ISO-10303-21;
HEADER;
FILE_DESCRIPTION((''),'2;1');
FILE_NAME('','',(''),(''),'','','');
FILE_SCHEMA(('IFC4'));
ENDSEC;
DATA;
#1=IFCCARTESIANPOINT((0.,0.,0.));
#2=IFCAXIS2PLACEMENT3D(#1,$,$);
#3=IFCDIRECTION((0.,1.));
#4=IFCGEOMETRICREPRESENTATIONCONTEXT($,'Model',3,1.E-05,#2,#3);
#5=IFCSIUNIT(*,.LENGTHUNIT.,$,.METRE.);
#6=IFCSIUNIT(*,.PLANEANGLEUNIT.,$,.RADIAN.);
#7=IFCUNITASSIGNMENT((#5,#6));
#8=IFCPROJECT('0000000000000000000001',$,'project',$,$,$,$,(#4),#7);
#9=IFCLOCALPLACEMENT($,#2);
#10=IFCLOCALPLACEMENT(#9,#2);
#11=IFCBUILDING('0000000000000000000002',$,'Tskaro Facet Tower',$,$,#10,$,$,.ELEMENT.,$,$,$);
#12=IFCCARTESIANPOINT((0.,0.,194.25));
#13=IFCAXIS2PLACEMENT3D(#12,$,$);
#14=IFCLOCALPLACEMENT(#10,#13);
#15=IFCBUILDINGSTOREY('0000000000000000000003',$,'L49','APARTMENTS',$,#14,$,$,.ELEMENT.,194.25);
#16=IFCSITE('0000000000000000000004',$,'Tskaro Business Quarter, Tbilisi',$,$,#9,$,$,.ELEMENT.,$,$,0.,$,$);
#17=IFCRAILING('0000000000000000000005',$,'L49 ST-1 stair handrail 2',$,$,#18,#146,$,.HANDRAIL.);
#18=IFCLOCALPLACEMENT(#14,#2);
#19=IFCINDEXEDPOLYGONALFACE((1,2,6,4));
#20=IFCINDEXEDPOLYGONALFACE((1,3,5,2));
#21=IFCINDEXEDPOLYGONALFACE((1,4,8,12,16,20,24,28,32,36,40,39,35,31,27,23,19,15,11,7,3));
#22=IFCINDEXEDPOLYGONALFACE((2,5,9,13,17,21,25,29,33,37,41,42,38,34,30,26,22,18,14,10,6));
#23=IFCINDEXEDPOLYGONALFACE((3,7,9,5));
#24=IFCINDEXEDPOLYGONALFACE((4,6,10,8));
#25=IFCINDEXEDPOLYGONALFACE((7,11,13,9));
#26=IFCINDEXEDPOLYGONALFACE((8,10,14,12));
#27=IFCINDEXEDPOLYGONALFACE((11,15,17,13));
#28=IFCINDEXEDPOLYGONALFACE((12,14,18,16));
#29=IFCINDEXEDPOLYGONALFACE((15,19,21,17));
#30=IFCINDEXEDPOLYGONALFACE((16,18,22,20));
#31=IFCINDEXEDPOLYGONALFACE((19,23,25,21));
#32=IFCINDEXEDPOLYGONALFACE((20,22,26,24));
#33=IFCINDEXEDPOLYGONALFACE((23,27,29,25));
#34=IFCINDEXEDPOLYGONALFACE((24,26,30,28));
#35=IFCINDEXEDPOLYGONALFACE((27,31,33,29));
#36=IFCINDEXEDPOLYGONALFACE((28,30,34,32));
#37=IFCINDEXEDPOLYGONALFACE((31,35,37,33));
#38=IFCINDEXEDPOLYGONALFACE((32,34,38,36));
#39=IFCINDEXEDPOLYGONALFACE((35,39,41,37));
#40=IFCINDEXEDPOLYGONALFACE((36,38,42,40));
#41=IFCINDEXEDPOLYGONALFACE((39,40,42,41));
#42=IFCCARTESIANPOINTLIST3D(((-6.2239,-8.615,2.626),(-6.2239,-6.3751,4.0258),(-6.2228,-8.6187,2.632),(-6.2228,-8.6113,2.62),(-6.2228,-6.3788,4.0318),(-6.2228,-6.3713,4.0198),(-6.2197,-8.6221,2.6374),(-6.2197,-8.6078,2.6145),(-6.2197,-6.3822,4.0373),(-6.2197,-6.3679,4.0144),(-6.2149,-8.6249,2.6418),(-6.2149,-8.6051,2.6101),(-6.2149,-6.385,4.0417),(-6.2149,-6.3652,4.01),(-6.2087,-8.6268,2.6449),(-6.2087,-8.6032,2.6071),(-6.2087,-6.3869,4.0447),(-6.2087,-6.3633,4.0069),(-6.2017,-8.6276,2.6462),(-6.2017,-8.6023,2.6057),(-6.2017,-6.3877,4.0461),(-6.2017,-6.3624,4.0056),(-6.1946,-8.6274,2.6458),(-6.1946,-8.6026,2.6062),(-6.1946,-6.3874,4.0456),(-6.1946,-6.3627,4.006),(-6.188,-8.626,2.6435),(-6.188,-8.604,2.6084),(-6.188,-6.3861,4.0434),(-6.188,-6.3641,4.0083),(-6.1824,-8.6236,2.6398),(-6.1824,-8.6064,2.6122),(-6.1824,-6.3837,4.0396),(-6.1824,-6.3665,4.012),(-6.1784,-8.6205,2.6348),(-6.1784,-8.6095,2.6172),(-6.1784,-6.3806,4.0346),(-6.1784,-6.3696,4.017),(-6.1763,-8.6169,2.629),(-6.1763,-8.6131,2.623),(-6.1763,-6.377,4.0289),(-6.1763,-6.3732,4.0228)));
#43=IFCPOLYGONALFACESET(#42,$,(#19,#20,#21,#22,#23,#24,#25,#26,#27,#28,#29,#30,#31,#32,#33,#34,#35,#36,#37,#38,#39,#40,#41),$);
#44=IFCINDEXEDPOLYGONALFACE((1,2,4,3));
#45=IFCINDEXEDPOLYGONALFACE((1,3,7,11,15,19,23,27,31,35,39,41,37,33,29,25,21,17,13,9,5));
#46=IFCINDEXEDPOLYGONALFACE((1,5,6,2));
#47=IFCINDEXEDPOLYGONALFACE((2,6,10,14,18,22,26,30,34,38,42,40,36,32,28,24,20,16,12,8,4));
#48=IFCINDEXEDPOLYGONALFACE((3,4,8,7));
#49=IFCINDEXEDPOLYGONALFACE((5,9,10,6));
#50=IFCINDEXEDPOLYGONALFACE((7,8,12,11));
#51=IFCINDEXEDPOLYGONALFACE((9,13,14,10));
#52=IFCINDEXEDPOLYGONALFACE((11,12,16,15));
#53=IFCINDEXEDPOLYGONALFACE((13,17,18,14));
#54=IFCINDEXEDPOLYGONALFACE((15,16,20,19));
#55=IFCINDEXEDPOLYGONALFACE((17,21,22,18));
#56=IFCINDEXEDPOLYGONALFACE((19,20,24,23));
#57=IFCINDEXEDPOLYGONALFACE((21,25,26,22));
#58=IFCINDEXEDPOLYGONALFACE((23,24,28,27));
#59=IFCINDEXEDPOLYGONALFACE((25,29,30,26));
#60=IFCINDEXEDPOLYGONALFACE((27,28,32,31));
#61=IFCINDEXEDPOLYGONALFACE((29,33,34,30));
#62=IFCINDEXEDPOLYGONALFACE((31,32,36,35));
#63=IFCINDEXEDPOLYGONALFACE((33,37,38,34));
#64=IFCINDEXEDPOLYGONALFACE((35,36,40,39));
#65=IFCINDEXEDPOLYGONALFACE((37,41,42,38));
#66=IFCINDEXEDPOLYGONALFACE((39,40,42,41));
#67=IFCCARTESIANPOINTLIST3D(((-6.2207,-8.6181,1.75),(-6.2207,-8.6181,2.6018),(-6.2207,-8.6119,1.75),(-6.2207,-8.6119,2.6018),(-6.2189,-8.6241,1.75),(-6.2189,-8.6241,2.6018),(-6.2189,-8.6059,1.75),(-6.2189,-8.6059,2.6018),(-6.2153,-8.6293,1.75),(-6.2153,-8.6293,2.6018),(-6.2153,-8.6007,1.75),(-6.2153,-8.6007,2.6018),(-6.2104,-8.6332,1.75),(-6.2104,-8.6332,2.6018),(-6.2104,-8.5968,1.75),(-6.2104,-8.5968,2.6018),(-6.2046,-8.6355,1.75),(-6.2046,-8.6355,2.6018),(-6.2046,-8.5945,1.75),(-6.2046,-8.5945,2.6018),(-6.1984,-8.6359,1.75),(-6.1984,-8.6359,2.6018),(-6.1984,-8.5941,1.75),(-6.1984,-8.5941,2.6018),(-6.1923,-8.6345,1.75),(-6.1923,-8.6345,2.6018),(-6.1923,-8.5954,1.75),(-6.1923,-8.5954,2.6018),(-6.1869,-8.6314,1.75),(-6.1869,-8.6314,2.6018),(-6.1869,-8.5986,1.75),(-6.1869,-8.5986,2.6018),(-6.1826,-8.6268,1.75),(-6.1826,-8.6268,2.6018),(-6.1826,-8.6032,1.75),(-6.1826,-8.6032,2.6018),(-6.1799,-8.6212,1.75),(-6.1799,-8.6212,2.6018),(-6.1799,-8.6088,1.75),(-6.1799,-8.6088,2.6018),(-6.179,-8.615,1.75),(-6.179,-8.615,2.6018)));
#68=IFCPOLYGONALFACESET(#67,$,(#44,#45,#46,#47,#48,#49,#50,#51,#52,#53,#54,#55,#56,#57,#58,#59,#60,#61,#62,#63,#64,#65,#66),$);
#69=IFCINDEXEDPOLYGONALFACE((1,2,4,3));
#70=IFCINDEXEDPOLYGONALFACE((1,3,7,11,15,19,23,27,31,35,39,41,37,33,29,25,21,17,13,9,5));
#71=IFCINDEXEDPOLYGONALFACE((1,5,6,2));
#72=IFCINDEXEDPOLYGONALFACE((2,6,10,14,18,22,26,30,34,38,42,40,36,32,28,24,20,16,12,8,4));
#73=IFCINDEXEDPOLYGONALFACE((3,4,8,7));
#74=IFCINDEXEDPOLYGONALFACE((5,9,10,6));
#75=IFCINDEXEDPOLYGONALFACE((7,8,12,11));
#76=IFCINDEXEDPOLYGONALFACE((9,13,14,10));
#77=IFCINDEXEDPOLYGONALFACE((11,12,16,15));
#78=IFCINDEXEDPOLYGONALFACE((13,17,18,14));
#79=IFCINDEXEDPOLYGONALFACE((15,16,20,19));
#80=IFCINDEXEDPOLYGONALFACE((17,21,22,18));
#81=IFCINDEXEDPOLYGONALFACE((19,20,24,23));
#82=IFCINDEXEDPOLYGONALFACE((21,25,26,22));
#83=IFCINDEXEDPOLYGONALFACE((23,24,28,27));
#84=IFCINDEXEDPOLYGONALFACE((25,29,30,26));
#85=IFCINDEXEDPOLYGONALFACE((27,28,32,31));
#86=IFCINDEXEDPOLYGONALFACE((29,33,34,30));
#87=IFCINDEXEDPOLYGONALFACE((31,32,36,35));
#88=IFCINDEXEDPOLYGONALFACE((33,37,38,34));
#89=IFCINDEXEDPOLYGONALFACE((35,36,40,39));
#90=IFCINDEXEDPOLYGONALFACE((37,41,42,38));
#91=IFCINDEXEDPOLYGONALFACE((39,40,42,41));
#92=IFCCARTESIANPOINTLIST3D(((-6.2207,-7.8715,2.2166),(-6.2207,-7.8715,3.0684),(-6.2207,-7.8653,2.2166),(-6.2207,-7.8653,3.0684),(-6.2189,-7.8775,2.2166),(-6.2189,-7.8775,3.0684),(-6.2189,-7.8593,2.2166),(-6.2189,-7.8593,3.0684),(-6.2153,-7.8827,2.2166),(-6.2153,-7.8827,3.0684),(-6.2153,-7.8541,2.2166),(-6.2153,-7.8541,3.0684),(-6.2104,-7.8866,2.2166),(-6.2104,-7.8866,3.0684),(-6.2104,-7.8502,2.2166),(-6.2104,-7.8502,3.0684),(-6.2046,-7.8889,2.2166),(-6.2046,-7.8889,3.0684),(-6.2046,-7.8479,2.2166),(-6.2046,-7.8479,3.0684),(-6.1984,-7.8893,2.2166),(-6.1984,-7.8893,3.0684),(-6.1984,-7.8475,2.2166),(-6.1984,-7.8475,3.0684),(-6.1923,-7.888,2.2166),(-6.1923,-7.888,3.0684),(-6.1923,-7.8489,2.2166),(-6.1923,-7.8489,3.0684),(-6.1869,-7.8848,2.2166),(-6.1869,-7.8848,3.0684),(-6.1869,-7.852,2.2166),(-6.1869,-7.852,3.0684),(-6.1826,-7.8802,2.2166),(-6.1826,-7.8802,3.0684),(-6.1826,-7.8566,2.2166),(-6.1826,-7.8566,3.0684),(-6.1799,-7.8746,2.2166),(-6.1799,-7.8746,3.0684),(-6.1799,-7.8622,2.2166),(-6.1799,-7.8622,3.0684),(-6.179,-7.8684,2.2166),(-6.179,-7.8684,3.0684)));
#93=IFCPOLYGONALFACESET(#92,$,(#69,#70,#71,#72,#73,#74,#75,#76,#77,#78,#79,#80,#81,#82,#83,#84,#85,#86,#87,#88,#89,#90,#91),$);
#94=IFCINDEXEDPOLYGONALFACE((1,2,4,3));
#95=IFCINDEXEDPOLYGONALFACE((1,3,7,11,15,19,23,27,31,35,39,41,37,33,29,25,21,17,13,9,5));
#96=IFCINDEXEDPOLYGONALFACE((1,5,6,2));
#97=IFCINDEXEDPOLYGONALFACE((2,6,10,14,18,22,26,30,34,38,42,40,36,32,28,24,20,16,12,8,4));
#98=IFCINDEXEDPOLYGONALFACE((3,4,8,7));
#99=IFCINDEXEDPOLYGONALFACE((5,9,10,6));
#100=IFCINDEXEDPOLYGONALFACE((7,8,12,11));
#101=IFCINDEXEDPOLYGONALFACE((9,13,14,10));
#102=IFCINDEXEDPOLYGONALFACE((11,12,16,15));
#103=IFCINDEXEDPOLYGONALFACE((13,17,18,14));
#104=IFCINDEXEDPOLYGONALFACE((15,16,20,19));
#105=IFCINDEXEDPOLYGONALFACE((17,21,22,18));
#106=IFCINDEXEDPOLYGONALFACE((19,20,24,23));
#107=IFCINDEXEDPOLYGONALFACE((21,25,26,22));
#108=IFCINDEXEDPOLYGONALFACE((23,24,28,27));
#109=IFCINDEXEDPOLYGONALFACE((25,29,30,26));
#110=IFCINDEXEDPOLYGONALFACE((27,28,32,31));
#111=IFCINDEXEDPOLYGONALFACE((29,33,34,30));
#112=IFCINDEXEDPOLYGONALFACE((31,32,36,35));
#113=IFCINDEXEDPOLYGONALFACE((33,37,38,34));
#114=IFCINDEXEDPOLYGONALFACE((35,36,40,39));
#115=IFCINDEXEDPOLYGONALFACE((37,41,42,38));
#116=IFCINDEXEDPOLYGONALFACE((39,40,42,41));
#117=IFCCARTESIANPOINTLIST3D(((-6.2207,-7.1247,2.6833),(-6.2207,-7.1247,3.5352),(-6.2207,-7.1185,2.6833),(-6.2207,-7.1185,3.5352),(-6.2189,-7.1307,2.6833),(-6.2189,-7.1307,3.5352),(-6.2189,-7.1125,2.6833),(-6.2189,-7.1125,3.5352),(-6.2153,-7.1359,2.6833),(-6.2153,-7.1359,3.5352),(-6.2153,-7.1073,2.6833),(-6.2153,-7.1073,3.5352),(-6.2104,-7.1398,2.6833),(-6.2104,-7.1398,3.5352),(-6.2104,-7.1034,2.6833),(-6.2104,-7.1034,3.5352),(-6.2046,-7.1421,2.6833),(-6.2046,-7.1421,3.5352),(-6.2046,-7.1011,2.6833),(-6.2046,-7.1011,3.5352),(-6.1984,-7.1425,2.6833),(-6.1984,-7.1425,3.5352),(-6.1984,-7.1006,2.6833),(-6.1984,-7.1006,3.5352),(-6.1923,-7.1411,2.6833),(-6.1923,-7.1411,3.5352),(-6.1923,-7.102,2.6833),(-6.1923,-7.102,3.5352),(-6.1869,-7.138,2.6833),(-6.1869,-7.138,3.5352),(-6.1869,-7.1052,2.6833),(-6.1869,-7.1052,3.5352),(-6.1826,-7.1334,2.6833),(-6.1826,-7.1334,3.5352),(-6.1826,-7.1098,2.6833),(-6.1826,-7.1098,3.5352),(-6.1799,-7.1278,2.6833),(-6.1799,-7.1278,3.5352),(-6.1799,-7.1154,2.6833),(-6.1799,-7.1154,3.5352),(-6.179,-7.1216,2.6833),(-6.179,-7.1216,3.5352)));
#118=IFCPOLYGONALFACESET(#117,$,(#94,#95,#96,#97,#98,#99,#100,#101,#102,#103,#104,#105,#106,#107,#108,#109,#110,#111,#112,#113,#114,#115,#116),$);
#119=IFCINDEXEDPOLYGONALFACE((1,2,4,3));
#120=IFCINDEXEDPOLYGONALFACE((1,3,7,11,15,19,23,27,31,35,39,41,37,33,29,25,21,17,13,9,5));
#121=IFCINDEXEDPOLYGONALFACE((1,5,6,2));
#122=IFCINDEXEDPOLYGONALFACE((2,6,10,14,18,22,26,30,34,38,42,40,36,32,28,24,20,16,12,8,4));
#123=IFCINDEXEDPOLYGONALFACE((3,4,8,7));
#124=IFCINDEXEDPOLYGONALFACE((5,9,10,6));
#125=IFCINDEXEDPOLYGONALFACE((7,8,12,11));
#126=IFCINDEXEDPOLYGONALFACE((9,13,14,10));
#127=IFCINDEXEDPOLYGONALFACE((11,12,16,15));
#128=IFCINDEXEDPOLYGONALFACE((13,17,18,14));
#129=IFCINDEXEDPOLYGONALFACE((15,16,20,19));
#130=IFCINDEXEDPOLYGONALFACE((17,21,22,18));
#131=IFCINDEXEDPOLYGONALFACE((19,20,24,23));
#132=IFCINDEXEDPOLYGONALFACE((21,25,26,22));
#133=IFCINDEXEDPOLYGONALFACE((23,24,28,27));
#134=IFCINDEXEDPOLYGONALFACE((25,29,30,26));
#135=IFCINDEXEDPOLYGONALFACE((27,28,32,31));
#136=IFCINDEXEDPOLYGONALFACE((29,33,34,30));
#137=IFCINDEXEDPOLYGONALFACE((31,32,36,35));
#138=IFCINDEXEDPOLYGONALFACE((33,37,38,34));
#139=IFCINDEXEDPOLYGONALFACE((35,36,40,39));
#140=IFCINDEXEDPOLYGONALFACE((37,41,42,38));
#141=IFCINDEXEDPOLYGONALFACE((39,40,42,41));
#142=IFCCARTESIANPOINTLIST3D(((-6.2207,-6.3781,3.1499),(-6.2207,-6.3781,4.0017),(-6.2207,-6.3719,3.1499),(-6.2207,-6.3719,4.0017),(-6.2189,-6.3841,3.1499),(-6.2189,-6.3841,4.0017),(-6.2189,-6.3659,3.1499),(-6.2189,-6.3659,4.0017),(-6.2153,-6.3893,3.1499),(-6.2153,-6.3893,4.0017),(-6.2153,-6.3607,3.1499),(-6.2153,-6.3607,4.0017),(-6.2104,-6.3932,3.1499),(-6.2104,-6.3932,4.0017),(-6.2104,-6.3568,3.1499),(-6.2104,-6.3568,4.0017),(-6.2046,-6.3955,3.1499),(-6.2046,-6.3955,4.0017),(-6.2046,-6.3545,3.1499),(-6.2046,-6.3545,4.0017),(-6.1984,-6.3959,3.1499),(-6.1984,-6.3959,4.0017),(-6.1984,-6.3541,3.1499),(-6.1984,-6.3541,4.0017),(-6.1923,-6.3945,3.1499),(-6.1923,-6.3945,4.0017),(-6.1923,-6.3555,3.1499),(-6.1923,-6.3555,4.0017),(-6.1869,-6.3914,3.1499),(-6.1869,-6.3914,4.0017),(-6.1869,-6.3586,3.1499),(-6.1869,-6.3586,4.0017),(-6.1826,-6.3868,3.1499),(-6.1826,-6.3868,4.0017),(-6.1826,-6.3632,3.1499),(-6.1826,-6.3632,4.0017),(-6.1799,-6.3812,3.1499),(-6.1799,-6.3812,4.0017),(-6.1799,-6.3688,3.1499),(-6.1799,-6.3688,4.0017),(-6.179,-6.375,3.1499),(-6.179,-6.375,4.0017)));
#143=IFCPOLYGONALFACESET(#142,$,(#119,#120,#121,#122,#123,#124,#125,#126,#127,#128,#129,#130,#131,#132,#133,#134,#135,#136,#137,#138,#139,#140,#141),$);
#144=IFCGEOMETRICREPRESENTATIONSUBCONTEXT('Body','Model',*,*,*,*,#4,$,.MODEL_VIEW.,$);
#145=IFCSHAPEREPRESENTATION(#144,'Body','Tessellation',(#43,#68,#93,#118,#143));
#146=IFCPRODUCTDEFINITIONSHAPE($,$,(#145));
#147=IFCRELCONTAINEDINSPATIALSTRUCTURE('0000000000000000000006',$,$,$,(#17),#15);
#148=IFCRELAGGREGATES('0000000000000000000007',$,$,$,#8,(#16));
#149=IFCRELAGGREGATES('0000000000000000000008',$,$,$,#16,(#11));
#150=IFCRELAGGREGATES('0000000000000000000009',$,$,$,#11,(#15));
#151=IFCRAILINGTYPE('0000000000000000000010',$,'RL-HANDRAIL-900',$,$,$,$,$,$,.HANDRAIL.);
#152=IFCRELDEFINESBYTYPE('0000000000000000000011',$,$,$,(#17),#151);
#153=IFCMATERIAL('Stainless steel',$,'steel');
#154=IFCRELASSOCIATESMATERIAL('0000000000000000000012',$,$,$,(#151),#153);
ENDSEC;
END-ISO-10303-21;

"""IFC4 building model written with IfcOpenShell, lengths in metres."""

from ifc_helpers import new_model, si_unit, direction, frame, origin, origin_2d, place, context, subcontext, project, spatial, circle, extrude, material, type_object, element, save


model = new_model("IFC4")

# Units and contexts
model_context = context("Model", 3, precision=1e-05, world=origin(), true_north=direction((0.0, 1.0)))
body_context = subcontext(model_context, "Body", "Model", "MODEL_VIEW")
ifc_project = project(units=[si_unit("LENGTHUNIT", "METRE"), si_unit("PLANEANGLEUNIT", "RADIAN")], contexts=[model_context])

# Site, building, storey
site_placement = place(None, origin())
site = spatial("IfcSite", under=ifc_project, at=site_placement, Name="Tskaro Business Quarter, Tbilisi", CompositionType="ELEMENT", RefElevation=0.0)
building_placement = place(site_placement, origin())
building = spatial("IfcBuilding", under=site, at=building_placement, Name="Tskaro Facet Tower", CompositionType="ELEMENT")
storey_placement = place(building_placement, frame((0.0, 0.0, 194.25)))
storey = spatial("IfcBuildingStorey", under=building, at=storey_placement, Name="L49", Description="APARTMENTS", CompositionType="ELEMENT", Elevation=194.25)

# Shared definitions
ifc_material_1 = material(Name="Stainless steel", Category="steel")

# Railing
railing_type_1 = type_object("IfcRailingType", Name="RL-HANDRAIL-900", PredefinedType="HANDRAIL", material=ifc_material_1)
railing_1_placement = place(storey_placement, frame((-6.2, -8.615, 1.75)))
element("IfcRailing", 1, at=railing_1_placement, inside=storey, type_object=railing_type_1, Name="L49 ST-1 stair handrail 2", PredefinedType="HANDRAIL", context=body_context, shape_type="SweptSolid", body=[
    extrude(circle(Radius=0.0239, at=origin_2d()), frame((0.0, 0.0, 0.876), z_axis=(0.0, 0.848014, 0.529974), x_axis=(-1.0, 0.0, 0.0)), (0.0, 0.0, 1.0), 2.6414),
    extrude(circle(Radius=0.021, at=origin_2d()), origin(), (0.0, 0.0, 1.0), 0.8518),
    extrude(circle(Radius=0.021, at=origin_2d()), frame((0.0, 0.7466, 0.4666)), (0.0, 0.0, 1.0), 0.8518),
    extrude(circle(Radius=0.021, at=origin_2d()), frame((0.0, 1.4934, 0.9333)), (0.0, 0.0, 1.0), 0.8518),
    extrude(circle(Radius=0.021, at=origin_2d()), frame((0.0, 2.24, 1.3999)), (0.0, 0.0, 1.0), 0.8518),
])

save(model, "model.ifc")
